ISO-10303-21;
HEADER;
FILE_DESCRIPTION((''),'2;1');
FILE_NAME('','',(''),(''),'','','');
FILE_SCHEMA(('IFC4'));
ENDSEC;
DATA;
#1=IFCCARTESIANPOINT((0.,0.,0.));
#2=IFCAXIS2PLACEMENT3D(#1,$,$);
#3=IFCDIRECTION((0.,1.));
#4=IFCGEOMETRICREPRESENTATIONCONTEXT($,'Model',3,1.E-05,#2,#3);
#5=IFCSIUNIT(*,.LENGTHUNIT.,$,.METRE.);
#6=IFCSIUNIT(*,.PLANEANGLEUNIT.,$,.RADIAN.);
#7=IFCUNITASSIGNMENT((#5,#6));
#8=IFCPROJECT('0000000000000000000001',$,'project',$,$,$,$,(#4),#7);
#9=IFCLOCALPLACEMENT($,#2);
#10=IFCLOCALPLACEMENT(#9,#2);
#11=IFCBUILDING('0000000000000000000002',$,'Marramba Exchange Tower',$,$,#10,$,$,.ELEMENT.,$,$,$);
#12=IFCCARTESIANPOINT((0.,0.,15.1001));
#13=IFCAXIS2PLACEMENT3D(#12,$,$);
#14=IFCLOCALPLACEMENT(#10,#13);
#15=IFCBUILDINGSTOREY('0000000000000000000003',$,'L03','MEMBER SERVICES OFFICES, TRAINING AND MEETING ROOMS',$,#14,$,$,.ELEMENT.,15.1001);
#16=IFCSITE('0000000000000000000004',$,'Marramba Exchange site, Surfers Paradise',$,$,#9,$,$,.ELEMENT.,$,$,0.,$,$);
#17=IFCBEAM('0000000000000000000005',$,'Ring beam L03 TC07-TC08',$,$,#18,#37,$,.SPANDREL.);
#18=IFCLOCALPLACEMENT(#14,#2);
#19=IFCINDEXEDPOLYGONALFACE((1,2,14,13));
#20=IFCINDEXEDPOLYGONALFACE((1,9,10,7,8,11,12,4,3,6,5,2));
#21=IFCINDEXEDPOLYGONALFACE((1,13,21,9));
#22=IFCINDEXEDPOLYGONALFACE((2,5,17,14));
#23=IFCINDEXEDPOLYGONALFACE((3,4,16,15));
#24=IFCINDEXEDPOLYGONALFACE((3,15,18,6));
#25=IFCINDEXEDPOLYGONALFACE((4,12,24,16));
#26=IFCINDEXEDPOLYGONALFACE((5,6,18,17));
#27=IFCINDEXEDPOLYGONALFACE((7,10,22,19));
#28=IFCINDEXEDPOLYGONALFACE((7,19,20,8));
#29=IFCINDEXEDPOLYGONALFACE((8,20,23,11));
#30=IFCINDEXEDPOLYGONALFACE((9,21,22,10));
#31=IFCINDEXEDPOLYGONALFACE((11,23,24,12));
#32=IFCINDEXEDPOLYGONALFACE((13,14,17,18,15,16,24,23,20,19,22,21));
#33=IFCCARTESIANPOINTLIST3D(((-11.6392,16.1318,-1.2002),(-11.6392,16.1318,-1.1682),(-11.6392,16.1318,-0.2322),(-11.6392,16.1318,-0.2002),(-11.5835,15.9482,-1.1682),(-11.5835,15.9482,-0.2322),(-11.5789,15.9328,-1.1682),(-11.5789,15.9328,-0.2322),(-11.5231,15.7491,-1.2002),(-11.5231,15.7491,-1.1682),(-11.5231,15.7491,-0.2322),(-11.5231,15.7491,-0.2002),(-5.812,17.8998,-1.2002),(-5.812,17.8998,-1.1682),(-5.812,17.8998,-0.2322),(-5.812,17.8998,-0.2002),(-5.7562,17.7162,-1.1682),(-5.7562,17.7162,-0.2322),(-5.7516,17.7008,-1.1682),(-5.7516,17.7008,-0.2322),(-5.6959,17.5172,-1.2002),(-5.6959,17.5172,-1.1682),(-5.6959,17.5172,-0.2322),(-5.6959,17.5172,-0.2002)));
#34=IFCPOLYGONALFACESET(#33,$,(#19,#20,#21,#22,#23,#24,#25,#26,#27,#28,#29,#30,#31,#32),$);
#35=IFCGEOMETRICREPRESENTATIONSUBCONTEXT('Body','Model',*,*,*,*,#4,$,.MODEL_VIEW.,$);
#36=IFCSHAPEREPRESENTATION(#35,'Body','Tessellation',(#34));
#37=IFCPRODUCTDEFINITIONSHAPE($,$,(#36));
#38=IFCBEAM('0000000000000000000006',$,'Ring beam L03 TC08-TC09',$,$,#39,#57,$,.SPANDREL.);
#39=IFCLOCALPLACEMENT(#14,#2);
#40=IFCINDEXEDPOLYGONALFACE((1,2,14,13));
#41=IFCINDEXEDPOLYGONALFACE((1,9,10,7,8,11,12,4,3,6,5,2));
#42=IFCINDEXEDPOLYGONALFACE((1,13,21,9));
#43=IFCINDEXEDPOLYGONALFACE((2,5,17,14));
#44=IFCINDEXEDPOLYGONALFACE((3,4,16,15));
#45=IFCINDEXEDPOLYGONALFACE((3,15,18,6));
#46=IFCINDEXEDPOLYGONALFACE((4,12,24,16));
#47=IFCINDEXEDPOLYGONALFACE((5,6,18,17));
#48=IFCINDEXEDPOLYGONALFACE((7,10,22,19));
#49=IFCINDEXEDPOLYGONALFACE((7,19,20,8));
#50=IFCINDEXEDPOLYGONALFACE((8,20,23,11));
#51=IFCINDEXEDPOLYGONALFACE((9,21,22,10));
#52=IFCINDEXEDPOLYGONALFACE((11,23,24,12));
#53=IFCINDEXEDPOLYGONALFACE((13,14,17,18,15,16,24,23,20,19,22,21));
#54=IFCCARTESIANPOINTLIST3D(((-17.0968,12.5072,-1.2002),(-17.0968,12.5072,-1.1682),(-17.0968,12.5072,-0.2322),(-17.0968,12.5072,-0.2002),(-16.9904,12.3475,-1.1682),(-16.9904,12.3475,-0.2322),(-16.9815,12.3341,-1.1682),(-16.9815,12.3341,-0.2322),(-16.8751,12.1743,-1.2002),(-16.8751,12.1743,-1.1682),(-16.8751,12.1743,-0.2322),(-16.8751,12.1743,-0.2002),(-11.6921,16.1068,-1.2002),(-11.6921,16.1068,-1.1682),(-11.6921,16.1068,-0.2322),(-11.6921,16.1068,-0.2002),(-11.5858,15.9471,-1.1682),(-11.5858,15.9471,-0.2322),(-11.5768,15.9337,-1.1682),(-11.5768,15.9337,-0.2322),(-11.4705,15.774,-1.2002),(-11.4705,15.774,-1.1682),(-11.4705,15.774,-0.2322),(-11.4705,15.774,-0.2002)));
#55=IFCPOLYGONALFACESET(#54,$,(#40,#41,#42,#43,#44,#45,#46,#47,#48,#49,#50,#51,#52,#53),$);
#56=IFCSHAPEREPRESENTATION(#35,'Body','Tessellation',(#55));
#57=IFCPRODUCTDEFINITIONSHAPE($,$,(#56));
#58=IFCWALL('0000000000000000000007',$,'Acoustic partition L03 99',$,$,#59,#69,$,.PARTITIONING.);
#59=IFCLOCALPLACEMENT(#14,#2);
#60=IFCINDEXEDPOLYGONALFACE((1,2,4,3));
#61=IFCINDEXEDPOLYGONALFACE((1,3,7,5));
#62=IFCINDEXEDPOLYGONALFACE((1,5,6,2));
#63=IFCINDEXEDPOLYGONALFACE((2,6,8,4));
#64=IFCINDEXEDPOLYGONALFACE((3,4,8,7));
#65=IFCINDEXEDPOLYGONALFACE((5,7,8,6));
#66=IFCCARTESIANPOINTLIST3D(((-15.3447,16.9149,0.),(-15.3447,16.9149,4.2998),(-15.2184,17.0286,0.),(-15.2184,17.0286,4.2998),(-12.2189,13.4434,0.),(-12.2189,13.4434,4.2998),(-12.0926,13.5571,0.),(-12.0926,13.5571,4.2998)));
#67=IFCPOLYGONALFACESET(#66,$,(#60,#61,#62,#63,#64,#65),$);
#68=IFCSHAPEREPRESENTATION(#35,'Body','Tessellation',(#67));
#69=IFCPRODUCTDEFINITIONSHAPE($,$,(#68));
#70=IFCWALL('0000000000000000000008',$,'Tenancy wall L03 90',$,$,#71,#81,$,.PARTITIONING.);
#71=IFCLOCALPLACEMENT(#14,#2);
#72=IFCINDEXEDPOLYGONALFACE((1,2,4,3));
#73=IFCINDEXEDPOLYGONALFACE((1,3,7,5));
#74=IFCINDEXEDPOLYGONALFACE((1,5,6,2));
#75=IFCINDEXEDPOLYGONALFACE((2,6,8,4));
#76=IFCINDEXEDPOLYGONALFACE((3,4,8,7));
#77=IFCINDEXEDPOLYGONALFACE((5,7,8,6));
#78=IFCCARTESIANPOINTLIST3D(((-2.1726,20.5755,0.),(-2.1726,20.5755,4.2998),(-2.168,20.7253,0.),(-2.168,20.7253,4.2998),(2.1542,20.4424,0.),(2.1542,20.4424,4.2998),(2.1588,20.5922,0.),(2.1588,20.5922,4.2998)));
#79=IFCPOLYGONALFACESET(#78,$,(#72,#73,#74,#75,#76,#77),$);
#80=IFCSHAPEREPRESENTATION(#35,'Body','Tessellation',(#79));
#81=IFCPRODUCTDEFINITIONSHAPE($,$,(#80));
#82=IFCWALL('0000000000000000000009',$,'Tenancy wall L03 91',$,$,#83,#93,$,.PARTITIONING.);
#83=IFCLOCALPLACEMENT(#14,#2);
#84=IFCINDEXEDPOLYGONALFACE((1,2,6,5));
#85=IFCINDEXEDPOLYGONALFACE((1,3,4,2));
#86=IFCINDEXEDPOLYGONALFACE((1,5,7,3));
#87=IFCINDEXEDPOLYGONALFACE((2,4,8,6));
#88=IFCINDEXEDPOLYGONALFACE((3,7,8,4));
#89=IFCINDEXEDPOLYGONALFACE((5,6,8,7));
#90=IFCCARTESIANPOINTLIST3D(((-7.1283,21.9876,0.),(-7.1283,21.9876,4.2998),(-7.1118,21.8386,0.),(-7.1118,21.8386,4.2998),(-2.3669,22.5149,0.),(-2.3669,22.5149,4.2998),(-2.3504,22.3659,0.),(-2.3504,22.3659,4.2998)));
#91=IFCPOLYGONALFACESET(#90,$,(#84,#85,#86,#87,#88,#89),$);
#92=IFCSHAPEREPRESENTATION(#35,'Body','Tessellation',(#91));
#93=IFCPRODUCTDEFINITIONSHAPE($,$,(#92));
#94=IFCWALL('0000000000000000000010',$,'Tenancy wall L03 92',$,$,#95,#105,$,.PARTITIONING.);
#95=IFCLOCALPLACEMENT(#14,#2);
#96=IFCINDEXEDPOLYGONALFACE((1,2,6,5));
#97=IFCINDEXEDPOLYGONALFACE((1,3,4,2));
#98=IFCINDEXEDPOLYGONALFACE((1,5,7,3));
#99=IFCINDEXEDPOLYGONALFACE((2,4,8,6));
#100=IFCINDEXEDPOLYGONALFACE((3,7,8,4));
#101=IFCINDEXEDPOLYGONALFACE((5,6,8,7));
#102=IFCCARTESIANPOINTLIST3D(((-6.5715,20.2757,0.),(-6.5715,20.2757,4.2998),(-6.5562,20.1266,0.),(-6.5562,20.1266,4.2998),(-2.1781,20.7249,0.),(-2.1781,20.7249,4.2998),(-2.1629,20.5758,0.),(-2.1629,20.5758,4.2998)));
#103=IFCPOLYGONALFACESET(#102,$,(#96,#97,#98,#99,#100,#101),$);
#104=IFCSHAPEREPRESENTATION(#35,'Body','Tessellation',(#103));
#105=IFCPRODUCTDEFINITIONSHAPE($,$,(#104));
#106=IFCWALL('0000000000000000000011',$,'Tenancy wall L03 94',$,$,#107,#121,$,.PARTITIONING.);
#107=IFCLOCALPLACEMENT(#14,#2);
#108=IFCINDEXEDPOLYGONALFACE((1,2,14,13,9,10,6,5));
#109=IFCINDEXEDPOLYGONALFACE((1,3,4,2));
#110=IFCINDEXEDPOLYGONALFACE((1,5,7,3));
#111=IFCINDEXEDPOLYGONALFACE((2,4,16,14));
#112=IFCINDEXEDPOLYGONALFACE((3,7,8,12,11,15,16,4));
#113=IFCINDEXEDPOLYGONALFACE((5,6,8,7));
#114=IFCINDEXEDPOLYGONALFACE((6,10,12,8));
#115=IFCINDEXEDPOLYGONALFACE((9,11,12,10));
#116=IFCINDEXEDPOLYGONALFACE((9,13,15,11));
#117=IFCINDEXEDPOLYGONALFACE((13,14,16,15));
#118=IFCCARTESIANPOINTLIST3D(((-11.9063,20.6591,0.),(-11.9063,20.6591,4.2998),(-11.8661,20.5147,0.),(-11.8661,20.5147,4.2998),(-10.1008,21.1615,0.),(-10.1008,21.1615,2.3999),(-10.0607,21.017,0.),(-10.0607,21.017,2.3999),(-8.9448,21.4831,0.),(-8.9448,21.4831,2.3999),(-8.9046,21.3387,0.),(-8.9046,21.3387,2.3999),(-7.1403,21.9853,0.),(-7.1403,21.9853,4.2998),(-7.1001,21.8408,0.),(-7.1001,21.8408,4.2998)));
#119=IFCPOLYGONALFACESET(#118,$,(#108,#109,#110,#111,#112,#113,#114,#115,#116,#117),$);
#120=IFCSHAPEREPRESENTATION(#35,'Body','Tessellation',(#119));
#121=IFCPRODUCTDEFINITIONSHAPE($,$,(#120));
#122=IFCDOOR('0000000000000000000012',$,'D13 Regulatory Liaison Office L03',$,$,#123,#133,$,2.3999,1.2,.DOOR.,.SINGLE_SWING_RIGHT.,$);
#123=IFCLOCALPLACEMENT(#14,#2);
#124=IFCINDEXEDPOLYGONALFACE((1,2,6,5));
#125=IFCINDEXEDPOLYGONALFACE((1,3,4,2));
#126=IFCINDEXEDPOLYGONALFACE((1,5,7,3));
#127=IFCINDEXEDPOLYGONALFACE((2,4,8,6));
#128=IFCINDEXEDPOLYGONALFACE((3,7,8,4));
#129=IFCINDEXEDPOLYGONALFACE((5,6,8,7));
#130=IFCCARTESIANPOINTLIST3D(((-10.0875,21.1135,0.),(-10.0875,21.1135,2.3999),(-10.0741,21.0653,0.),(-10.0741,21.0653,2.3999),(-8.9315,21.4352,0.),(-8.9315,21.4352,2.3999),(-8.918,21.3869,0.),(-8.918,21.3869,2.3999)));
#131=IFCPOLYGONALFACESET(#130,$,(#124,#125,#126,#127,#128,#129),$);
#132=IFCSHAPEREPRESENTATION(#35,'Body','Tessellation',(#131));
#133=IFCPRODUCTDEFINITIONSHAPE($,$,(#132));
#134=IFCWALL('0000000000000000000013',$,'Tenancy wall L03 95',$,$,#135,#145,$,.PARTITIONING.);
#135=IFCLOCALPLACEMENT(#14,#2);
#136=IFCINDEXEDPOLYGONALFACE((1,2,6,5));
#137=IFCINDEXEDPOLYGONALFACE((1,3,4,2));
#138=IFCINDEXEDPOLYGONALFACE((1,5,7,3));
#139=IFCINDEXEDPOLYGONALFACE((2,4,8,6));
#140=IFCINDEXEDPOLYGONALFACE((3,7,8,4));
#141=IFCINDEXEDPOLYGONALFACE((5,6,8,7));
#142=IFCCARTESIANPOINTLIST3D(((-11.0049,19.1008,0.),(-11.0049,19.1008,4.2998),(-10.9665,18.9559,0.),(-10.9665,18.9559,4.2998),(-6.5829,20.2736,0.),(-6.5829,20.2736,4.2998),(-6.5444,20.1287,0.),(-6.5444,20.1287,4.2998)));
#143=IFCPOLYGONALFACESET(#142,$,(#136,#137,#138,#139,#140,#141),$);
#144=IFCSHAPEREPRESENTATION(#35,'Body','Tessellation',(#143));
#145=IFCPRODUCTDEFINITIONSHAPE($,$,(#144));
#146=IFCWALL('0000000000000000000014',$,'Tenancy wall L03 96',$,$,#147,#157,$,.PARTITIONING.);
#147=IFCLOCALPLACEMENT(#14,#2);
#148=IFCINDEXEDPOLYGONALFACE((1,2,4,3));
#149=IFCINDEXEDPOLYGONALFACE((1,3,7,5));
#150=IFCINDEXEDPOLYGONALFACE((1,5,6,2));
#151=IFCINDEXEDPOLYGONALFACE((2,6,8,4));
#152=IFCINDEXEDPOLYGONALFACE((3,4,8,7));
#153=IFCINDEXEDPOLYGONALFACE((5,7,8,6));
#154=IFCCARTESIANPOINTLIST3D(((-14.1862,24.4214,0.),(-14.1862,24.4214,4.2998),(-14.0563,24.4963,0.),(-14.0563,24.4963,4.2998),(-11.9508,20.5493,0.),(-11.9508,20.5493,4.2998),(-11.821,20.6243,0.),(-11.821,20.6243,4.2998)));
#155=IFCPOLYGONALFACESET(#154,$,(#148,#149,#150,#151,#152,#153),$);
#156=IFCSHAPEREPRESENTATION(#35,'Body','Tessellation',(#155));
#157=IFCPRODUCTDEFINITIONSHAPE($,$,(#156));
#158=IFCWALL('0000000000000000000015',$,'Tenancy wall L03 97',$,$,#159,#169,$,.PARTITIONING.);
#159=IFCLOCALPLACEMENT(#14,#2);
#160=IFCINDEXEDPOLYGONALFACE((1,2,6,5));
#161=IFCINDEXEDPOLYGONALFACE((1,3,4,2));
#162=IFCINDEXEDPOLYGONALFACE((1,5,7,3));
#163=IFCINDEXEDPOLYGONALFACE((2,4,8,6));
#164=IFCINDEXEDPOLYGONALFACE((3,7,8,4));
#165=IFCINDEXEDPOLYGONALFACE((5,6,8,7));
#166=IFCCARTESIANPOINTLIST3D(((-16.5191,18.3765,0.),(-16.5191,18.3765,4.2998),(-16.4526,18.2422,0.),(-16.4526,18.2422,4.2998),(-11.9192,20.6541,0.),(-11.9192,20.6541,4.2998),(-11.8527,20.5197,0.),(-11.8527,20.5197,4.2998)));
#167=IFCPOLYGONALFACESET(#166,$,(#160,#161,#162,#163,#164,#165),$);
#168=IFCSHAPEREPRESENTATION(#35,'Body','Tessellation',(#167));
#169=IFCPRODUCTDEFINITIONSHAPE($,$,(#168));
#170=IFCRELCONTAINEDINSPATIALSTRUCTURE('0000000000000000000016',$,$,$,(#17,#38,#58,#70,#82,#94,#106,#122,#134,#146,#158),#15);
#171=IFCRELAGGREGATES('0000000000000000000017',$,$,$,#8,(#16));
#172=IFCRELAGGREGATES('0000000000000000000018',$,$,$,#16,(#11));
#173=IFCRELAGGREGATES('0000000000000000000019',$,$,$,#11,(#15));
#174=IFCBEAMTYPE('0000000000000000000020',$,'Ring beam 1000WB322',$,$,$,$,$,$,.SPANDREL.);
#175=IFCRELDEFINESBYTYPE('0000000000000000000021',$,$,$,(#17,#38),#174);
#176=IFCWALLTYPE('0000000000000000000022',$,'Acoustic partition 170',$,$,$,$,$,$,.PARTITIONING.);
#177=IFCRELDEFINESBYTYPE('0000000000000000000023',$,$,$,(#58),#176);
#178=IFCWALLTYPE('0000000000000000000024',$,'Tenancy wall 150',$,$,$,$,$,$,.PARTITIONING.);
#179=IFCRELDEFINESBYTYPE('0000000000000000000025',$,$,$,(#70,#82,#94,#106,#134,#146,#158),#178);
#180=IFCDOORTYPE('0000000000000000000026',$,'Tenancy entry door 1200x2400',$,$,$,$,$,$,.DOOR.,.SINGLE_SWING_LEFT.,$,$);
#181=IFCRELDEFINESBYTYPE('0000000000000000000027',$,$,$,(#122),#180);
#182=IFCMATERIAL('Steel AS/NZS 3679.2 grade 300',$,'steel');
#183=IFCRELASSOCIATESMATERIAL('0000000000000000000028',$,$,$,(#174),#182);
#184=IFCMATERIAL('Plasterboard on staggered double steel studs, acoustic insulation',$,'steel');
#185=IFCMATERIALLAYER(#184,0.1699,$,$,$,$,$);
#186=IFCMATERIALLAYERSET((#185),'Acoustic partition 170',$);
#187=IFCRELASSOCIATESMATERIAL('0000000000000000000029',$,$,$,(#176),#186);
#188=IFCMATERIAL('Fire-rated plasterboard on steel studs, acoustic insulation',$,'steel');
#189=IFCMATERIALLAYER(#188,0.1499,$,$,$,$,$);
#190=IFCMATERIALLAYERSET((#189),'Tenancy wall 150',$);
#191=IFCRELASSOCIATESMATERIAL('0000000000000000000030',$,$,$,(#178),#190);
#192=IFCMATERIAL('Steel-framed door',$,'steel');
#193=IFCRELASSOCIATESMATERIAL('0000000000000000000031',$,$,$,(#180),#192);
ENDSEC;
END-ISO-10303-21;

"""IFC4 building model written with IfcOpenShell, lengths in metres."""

from ifc_helpers import new_model, si_unit, direction, frame, frame_2d, origin, origin_2d, place, context, subcontext, project, spatial, rectangle, i_section, extrude, material, layer, layer_set, material_profile, profile_set, type_object, element, fill, save


model = new_model("IFC4")

# Units and contexts
model_context = context("Model", 3, precision=1e-05, world=origin(), true_north=direction((0.0, 1.0)))
body_context = subcontext(model_context, "Body", "Model", "MODEL_VIEW")
ifc_project = project(units=[si_unit("LENGTHUNIT", "METRE"), si_unit("PLANEANGLEUNIT", "RADIAN")], contexts=[model_context])

# Site, building, storey
site_placement = place(None, origin())
site = spatial("IfcSite", under=ifc_project, at=site_placement, Name="Marramba Exchange site, Surfers Paradise", CompositionType="ELEMENT", RefElevation=0.0)
building_placement = place(site_placement, origin())
building = spatial("IfcBuilding", under=site, at=building_placement, Name="Marramba Exchange Tower", CompositionType="ELEMENT")
storey_placement = place(building_placement, frame((0.0, 0.0, 15.1001)))
storey = spatial("IfcBuildingStorey", under=building, at=storey_placement, Name="L03", Description="MEMBER SERVICES OFFICES, TRAINING AND MEETING ROOMS", CompositionType="ELEMENT", Elevation=15.1001)

# Beams
ifc_material_1 = material(Name="Steel AS/NZS 3679.2 grade 300", Category="steel")
ifc_material_profile_1 = material_profile(ifc_material_1, i_section(OverallWidth=0.3999, OverallDepth=1.0, WebThickness=0.0161, FlangeThickness=0.032, at=origin_2d()), Name="1000WB322")
ifc_profile_set_1 = profile_set([ifc_material_profile_1], Name="Steel AS/NZS 3679.2 grade 300")
beam_type_1 = type_object("IfcBeamType", Name="Ring beam 1000WB322", PredefinedType="SPANDREL", material=ifc_profile_set_1)
beam_1_placement = place(storey_placement, frame((-5.7539, 17.7085, -0.7002), z_axis=(-0.956925, -0.290337, 0.0), x_axis=(0.290337, -0.956925, 0.0)))
element("IfcBeam", 1, at=beam_1_placement, inside=storey, type_object=beam_type_1, Name="Ring beam L03 TC07-TC08", PredefinedType="SPANDREL", context=body_context, shape_type="SweptSolid", body=[
    extrude(i_section(OverallWidth=0.3999, OverallDepth=1.0, WebThickness=0.0161, FlangeThickness=0.032, at=origin_2d()), origin(), (0.0, 0.0, 1.0), 6.0896),
])
beam_2_placement = place(storey_placement, frame((-11.5813, 15.9404, -0.7002), z_axis=(-0.832293, -0.554336, 0.0), x_axis=(0.554336, -0.832293, 0.0)))
element("IfcBeam", 2, at=beam_2_placement, inside=storey, type_object=beam_type_1, Name="Ring beam L03 TC08-TC09", PredefinedType="SPANDREL", context=body_context, shape_type="SweptSolid", body=[
    extrude(i_section(OverallWidth=0.3999, OverallDepth=1.0, WebThickness=0.0161, FlangeThickness=0.032, at=origin_2d()), origin(), (0.0, 0.0, 1.0), 6.4937),
])

# Walls
ifc_material_2 = material(Name="Plasterboard on staggered double steel studs, acoustic insulation", Category="steel")
ifc_layer_1 = layer(ifc_material_2, 0.1699)
ifc_layer_set_1 = layer_set([ifc_layer_1], Name="Acoustic partition 170")
wall_type_1 = type_object("IfcWallType", Name="Acoustic partition 170", PredefinedType="PARTITIONING", material=ifc_layer_set_1)
wall_1_placement = place(storey_placement, frame((-12.1558, 13.5002, 0.0), z_axis=(0.0, 0.0, 1.0), x_axis=(-0.669135, 0.743141, 0.0)))
element("IfcWall", 3, at=wall_1_placement, inside=storey, type_object=wall_type_1, Name="Acoustic partition L03 99", PredefinedType="PARTITIONING", context=body_context, shape_type="SweptSolid", body=[
    extrude(rectangle(XDim=4.6714, YDim=0.1699, at=frame_2d((2.3357, 0.0))), origin(), (0.0, 0.0, 1.0), 4.2998),
])
ifc_material_3 = material(Name="Fire-rated plasterboard on steel studs, acoustic insulation", Category="steel")
ifc_layer_2 = layer(ifc_material_3, 0.1499)
ifc_layer_set_2 = layer_set([ifc_layer_2], Name="Tenancy wall 150")
wall_type_2 = type_object("IfcWallType", Name="Tenancy wall 150", PredefinedType="PARTITIONING", material=ifc_layer_set_2)
wall_2_placement = place(storey_placement, frame((-2.1704, 20.6504, 0.0), z_axis=(0.0, 0.0, 1.0), x_axis=(0.999528, -0.030736, 0.0)))
element("IfcWall", 4, at=wall_2_placement, inside=storey, type_object=wall_type_2, Name="Tenancy wall L03 90", PredefinedType="PARTITIONING", context=body_context, shape_type="SweptSolid", body=[
    extrude(rectangle(XDim=4.3289, YDim=0.1499, at=frame_2d((2.1646, 0.0))), origin(), (0.0, 0.0, 1.0), 4.2998),
])
wall_3_placement = place(storey_placement, frame((-2.3586, 22.4404, 0.0), z_axis=(0.0, 0.0, 1.0), x_axis=(-0.993923, -0.110079, 0.0)))
element("IfcWall", 5, at=wall_3_placement, inside=storey, type_object=wall_type_2, Name="Tenancy wall L03 91", PredefinedType="PARTITIONING", context=body_context, shape_type="SweptSolid", body=[
    extrude(rectangle(XDim=4.7905, YDim=0.1499, at=frame_2d((2.3953, 0.0))), origin(), (0.0, 0.0, 1.0), 4.2998),
])
wall_4_placement = place(storey_placement, frame((-6.5637, 20.2012, 0.0), z_axis=(0.0, 0.0, 1.0), x_axis=(0.994813, 0.10172, 0.0)))
element("IfcWall", 6, at=wall_4_placement, inside=storey, type_object=wall_type_2, Name="Tenancy wall L03 92", PredefinedType="PARTITIONING", context=body_context, shape_type="SweptSolid", body=[
    extrude(rectangle(XDim=4.4163, YDim=0.1499, at=frame_2d((2.208, 0.0))), origin(), (0.0, 0.0, 1.0), 4.2998),
])

# Wall, opening, door
wall_5_placement = place(storey_placement, frame((-7.1201, 21.9131, 0.0), z_axis=(0.0, 0.0, 1.0), x_axis=(-0.963397, -0.268079, 0.0)))
wall_5 = element("IfcWall", 7, at=wall_5_placement, inside=storey, type_object=wall_type_2, Name="Tenancy wall L03 94", PredefinedType="PARTITIONING", context=body_context, shape_type="SweptSolid", body=[
    extrude(rectangle(XDim=4.947, YDim=0.1499, at=frame_2d((2.4736, 0.0))), origin(), (0.0, 0.0, 1.0), 4.2998),
])
opening_placement = place(wall_5_placement, frame((1.873, 0.0, 0.0)))
opening = element("IfcOpeningElement", 8, at=opening_placement, cuts=wall_5, PredefinedType="OPENING", context=body_context, shape_type="SweptSolid", body=[
    extrude(rectangle(XDim=1.2, YDim=2.3999, at=frame_2d((0.6001, 1.2))), frame((0.0, 0.085, 0.0), z_axis=(0.0, -1.0, 0.0), x_axis=(1.0, 0.0, 0.0)), (0.0, 0.0, 1.0), 0.1699),
])
ifc_material_4 = material(Name="Steel-framed door", Category="steel")
door_type = type_object("IfcDoorType", Name="Tenancy entry door 1200x2400", OperationType="SINGLE_SWING_LEFT", PredefinedType="DOOR", material=ifc_material_4)
door_placement = place(opening_placement, origin())
door = element("IfcDoor", 9, at=door_placement, inside=storey, type_object=door_type, Name="D13 Regulatory Liaison Office L03", OperationType="SINGLE_SWING_RIGHT", OverallHeight=2.3999, OverallWidth=1.2, PredefinedType="DOOR", context=body_context, shape_type="SweptSolid", body=[
    extrude(rectangle(XDim=1.2, YDim=2.3999, at=frame_2d((0.6001, 1.2))), frame((0.0, 0.0249, 0.0), z_axis=(0.0, -1.0, 0.0), x_axis=(1.0, 0.0, 0.0)), (0.0, 0.0, 1.0), 0.05),
])
fill(opening, door)

# Walls
wall_6_placement = place(storey_placement, frame((-10.9858, 19.0283, 0.0), z_axis=(0.0, 0.0, 1.0), x_axis=(0.966581, 0.25636, 0.0)))
element("IfcWall", 10, at=wall_6_placement, inside=storey, type_object=wall_type_2, Name="Tenancy wall L03 95", PredefinedType="PARTITIONING", context=body_context, shape_type="SweptSolid", body=[
    extrude(rectangle(XDim=4.575, YDim=0.1499, at=frame_2d((2.2876, 0.0))), origin(), (0.0, 0.0, 1.0), 4.2998),
])
wall_7_placement = place(storey_placement, frame((-11.886, 20.5869, 0.0), z_axis=(0.0, 0.0, 1.0), x_axis=(-0.499968, 0.866044, 0.0)))
element("IfcWall", 11, at=wall_7_placement, inside=storey, type_object=wall_type_2, Name="Tenancy wall L03 96", PredefinedType="PARTITIONING", context=body_context, shape_type="SweptSolid", body=[
    extrude(rectangle(XDim=4.4709, YDim=0.1499, at=frame_2d((2.2354, 0.0))), origin(), (0.0, 0.0, 1.0), 4.2998),
])
wall_8_placement = place(storey_placement, frame((-11.886, 20.5869, 0.0), z_axis=(0.0, 0.0, 1.0), x_axis=(-0.896161, -0.443728, 0.0)))
element("IfcWall", 12, at=wall_8_placement, inside=storey, type_object=wall_type_2, Name="Tenancy wall L03 97", PredefinedType="PARTITIONING", context=body_context, shape_type="SweptSolid", body=[
    extrude(rectangle(XDim=5.1328, YDim=0.1499, at=frame_2d((2.5664, 0.0))), origin(), (0.0, 0.0, 1.0), 4.2998),
])

save(model, "model.ifc")
